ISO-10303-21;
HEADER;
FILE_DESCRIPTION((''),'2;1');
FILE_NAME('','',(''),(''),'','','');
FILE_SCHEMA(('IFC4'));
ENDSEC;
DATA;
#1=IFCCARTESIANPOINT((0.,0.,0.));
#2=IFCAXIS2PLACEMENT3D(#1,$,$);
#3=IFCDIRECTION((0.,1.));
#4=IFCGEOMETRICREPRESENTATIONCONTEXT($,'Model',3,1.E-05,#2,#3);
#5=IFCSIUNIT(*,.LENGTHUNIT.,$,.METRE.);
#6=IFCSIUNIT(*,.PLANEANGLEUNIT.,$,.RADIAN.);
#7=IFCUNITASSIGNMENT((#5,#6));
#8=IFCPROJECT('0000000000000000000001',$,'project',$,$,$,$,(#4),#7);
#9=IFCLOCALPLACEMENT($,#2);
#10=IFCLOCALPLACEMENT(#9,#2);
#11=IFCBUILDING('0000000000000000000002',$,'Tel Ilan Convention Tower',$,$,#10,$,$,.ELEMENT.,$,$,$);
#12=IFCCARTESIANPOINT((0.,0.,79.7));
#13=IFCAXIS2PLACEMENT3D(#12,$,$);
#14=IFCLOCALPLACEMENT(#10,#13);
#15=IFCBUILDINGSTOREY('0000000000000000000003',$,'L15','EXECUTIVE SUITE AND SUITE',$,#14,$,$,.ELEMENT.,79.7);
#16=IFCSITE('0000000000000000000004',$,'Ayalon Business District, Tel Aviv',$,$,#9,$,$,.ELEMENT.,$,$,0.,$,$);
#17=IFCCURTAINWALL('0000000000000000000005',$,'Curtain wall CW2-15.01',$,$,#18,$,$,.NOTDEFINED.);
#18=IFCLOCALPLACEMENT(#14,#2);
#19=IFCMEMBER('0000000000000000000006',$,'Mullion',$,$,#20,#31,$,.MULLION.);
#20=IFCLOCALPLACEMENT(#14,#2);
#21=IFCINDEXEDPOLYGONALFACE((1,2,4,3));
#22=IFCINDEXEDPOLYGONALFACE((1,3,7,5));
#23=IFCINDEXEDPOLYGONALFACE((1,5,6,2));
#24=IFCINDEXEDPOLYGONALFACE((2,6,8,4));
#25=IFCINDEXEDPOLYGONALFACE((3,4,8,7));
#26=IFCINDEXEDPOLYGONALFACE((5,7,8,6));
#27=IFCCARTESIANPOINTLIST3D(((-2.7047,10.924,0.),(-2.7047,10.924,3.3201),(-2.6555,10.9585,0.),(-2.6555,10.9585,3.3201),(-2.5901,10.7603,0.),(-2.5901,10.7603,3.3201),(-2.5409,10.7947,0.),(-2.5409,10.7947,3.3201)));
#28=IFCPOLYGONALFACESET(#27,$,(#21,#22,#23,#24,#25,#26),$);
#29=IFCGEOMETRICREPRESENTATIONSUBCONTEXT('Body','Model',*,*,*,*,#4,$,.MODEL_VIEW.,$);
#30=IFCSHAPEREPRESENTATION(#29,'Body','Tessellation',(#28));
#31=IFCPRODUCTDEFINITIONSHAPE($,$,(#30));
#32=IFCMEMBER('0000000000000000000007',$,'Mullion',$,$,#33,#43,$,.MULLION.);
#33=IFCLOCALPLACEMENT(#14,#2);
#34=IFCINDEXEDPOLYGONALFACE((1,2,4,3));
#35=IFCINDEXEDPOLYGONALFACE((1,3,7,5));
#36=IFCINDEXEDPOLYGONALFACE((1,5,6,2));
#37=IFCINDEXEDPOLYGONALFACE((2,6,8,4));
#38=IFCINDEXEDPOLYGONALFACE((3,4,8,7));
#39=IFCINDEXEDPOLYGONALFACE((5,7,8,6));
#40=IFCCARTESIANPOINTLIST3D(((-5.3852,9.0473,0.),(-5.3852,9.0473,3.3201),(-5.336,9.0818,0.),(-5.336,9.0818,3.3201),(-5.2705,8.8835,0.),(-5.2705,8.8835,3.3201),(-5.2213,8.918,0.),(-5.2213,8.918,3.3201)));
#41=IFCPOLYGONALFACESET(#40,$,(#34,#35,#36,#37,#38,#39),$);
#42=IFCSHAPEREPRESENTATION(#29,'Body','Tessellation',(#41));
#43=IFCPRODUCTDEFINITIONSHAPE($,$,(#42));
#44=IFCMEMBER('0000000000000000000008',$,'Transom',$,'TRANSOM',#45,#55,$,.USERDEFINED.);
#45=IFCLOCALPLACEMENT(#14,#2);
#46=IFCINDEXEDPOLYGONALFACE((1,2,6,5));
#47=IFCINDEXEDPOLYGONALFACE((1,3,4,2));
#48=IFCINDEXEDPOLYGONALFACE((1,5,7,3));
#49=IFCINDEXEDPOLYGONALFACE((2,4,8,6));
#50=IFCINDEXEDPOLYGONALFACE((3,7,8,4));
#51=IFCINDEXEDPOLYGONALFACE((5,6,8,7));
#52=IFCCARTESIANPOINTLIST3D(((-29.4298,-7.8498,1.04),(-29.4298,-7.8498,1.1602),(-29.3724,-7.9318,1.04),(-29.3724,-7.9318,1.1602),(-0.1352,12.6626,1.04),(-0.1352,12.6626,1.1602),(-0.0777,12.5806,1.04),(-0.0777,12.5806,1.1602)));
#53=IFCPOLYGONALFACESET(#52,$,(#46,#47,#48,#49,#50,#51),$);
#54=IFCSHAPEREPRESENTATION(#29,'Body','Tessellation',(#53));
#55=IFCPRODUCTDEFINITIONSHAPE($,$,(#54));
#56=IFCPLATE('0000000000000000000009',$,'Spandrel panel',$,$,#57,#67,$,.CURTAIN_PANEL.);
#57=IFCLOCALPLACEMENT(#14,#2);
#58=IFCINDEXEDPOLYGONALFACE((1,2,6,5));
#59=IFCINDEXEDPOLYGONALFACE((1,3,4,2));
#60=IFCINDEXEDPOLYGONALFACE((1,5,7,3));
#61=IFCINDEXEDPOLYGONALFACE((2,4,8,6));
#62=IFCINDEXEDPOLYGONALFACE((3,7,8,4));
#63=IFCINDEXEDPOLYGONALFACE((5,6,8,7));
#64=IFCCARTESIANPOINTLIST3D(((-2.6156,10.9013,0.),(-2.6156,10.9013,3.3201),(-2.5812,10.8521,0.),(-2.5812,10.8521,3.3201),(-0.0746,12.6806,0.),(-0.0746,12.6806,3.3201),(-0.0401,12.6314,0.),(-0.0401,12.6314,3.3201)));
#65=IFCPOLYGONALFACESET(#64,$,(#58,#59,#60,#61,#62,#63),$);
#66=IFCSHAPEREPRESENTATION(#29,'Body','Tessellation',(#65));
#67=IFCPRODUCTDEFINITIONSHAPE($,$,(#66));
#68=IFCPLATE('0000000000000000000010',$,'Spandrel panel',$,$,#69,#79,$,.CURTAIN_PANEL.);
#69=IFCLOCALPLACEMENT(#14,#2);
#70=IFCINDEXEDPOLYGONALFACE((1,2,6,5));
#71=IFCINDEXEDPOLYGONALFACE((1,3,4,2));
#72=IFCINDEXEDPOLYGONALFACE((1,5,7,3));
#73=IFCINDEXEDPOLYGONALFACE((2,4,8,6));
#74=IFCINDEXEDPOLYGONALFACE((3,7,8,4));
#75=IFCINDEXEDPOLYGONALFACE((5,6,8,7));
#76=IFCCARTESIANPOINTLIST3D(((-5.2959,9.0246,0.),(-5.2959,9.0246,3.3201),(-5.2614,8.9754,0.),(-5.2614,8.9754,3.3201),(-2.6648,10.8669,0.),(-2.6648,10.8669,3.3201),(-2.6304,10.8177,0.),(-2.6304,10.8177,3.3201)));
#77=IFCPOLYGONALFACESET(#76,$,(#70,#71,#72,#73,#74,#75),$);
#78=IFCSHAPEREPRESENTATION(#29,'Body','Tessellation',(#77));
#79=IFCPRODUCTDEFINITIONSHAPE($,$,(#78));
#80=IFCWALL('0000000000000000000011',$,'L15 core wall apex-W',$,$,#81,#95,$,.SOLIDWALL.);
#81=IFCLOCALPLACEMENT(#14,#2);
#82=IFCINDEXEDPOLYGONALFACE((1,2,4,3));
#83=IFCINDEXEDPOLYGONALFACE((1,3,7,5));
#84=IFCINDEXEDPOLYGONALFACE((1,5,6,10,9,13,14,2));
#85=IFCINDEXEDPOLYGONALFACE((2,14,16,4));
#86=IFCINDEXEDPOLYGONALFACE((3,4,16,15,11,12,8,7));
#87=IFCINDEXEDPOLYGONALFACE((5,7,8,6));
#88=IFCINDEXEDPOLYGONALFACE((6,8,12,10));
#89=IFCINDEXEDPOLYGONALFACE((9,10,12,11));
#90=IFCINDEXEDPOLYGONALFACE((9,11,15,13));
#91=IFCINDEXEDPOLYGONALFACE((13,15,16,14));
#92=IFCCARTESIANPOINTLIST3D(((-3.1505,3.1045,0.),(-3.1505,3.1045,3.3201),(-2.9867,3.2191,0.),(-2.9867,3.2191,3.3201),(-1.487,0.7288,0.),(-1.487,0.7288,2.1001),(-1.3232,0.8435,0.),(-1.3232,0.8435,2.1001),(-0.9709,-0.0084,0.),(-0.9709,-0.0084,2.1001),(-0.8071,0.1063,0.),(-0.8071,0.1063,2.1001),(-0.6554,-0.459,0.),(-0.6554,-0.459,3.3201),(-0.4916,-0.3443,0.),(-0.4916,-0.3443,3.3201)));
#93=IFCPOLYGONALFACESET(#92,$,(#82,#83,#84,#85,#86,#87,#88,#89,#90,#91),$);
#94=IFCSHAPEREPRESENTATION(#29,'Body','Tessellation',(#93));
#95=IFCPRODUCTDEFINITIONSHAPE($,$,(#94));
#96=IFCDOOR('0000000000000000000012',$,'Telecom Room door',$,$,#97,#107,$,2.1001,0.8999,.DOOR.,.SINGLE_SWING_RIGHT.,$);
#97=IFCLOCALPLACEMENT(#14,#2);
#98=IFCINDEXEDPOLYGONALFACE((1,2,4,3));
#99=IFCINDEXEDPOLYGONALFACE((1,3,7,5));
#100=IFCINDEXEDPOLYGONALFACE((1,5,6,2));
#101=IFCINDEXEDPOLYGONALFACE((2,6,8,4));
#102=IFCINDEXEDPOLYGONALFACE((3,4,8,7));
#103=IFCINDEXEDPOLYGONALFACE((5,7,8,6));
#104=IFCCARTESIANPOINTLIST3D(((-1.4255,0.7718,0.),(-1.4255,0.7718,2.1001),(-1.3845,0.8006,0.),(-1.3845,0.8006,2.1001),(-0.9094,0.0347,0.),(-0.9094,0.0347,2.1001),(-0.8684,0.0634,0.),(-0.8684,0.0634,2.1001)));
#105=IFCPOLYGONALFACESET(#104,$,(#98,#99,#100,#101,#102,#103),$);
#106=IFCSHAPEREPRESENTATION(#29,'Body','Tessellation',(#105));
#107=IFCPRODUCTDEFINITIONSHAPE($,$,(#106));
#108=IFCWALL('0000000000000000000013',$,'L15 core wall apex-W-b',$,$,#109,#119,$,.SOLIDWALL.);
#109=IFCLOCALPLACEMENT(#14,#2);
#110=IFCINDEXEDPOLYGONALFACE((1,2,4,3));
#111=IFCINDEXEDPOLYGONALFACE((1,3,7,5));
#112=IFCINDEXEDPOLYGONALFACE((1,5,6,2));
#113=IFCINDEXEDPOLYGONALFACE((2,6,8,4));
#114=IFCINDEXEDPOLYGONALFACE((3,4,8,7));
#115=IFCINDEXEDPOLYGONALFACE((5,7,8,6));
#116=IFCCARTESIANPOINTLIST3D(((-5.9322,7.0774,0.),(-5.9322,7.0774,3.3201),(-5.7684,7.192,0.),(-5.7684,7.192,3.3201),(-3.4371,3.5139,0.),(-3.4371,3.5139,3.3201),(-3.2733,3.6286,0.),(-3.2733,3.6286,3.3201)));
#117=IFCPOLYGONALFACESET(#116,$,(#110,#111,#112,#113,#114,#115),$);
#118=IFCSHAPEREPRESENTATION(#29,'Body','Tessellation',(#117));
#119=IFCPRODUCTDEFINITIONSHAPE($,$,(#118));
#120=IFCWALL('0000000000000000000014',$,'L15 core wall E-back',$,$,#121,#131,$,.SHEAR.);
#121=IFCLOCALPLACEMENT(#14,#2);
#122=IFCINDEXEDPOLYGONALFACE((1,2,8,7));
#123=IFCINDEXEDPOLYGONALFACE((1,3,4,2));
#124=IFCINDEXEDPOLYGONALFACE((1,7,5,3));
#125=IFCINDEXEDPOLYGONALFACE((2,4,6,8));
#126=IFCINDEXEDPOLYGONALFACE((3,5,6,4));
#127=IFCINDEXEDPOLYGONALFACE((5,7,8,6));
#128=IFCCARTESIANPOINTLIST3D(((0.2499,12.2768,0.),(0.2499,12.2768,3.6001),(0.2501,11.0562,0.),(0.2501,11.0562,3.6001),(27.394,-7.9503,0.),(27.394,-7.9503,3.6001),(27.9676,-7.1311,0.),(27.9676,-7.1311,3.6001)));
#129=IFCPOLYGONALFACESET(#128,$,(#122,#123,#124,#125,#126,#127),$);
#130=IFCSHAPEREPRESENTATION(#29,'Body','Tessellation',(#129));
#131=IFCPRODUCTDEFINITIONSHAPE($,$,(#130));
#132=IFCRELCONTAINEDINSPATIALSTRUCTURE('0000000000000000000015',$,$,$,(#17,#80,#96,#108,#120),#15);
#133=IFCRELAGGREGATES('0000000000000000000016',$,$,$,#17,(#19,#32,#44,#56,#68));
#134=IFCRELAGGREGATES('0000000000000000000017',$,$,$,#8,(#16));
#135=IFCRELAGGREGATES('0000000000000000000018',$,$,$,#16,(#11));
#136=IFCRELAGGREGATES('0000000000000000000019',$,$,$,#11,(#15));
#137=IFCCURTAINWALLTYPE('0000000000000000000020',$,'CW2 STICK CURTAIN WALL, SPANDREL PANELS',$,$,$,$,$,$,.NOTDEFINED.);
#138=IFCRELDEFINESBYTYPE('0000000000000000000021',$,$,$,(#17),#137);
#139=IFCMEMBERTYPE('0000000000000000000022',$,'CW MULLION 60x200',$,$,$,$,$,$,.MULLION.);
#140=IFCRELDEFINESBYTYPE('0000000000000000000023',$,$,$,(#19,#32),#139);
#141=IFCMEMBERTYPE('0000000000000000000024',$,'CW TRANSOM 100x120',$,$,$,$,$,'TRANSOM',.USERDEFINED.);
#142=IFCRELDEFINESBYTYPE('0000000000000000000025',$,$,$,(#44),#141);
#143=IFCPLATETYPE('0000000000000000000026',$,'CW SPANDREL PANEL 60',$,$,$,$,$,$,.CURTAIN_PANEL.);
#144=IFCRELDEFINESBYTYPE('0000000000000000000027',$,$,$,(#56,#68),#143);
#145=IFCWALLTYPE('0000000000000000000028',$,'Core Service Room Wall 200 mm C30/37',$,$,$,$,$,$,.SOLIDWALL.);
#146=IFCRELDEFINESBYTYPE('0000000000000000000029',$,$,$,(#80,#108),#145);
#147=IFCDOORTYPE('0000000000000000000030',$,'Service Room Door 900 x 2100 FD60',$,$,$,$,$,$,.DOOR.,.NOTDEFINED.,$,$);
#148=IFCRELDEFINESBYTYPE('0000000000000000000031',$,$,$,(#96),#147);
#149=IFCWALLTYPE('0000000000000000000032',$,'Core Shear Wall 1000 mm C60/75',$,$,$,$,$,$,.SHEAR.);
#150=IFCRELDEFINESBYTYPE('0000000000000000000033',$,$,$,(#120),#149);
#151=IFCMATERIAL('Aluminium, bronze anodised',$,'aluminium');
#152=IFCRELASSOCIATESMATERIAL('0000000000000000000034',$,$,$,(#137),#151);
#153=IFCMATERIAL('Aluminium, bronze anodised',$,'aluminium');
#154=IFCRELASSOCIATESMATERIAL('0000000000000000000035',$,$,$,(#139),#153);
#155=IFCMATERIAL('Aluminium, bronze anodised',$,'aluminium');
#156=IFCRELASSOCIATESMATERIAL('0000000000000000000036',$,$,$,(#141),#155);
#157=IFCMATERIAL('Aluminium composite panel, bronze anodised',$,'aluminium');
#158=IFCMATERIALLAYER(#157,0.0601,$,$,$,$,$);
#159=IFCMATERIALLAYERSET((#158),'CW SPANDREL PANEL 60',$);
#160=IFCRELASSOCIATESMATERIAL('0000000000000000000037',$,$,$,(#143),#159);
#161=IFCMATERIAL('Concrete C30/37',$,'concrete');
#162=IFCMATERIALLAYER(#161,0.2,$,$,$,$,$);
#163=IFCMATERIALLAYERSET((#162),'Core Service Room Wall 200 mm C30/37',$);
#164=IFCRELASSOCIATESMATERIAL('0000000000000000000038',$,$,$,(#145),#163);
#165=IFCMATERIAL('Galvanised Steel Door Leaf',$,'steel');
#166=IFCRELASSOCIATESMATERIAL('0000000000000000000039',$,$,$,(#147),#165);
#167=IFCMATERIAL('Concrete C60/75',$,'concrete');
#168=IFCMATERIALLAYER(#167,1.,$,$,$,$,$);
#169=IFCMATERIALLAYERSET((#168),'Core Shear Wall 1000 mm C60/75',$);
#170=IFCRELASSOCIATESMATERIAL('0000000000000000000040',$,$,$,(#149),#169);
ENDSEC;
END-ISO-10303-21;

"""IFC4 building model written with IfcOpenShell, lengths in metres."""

from ifc_helpers import new_model, si_unit, direction, frame, frame_2d, origin, origin_2d, place, context, subcontext, project, spatial, polyline, rectangle, outline, extrude, material, layer, layer_set, material_profile, profile_set, type_object, element, fill, aggregate, save


model = new_model("IFC4")

# Units and contexts
model_context = context("Model", 3, precision=1e-05, world=origin(), true_north=direction((0.0, 1.0)))
body_context = subcontext(model_context, "Body", "Model", "MODEL_VIEW")
ifc_project = project(units=[si_unit("LENGTHUNIT", "METRE"), si_unit("PLANEANGLEUNIT", "RADIAN")], contexts=[model_context])

# Site, building, storey
site_placement = place(None, origin())
site = spatial("IfcSite", under=ifc_project, at=site_placement, Name="Ayalon Business District, Tel Aviv", CompositionType="ELEMENT", RefElevation=0.0)
building_placement = place(site_placement, origin())
building = spatial("IfcBuilding", under=site, at=building_placement, Name="Tel Ilan Convention Tower", CompositionType="ELEMENT")
storey_placement = place(building_placement, frame((0.0, 0.0, 79.7)))
storey = spatial("IfcBuildingStorey", under=building, at=storey_placement, Name="L15", Description="EXECUTIVE SUITE AND SUITE", CompositionType="ELEMENT", Elevation=79.7)

# Curtain wall, members, plates
ifc_material_1 = material(Name="Aluminium, bronze anodised", Category="aluminium")
curtain_wall_type = type_object("IfcCurtainWallType", Name="CW2 STICK CURTAIN WALL, SPANDREL PANELS", PredefinedType="NOTDEFINED", material=ifc_material_1)
curtain_wall_placement = place(storey_placement, origin())
curtain_wall = element("IfcCurtainWall", 1, at=curtain_wall_placement, inside=storey, type_object=curtain_wall_type, Name="Curtain wall CW2-15.01", PredefinedType="NOTDEFINED")
ifc_material_2 = material(Name="Aluminium, bronze anodised", Category="aluminium")
ifc_material_profile_1 = material_profile(ifc_material_2, rectangle(XDim=0.0601, YDim=0.2, at=origin_2d()), Name="CW MULLION 60x200")
ifc_profile_set_1 = profile_set([ifc_material_profile_1], Name="Aluminium, bronze anodised")
member_type_1 = type_object("IfcMemberType", Name="CW MULLION 60x200", PredefinedType="MULLION", material=ifc_profile_set_1)
member_1_placement = place(storey_placement, frame((-2.6228, 10.8594, 0.0), z_axis=(0.0, 0.0, 1.0), x_axis=(-0.819152, -0.573576, 0.0)))
member_1 = element("IfcMember", 2, at=member_1_placement, type_object=member_type_1, Name="Mullion", PredefinedType="MULLION", context=body_context, shape_type="SweptSolid", body=[
    extrude(rectangle(XDim=0.0601, YDim=0.2, at=origin_2d()), origin(), (0.0, 0.0, 1.0), 3.3201),
])
member_2_placement = place(storey_placement, frame((-5.3032, 8.9827, 0.0), z_axis=(0.0, 0.0, 1.0), x_axis=(-0.819152, -0.573576, 0.0)))
member_2 = element("IfcMember", 3, at=member_2_placement, type_object=member_type_1, Name="Mullion", PredefinedType="MULLION", context=body_context, shape_type="SweptSolid", body=[
    extrude(rectangle(XDim=0.0601, YDim=0.2, at=origin_2d()), origin(), (0.0, 0.0, 1.0), 3.3201),
])
ifc_material_3 = material(Name="Aluminium, bronze anodised", Category="aluminium")
ifc_material_profile_2 = material_profile(ifc_material_3, rectangle(XDim=0.1001, YDim=0.1201, at=origin_2d()), Name="CW TRANSOM 100x120")
ifc_profile_set_2 = profile_set([ifc_material_profile_2], Name="Aluminium, bronze anodised")
member_type_2 = type_object("IfcMemberType", Name="CW TRANSOM 100x120", ElementType="TRANSOM", PredefinedType="USERDEFINED", material=ifc_profile_set_2)
member_3_placement = place(storey_placement, frame((-0.1064, 12.6216, 1.1001), z_axis=(-0.819151, -0.573578, 0.0), x_axis=(0.573578, -0.819151, 0.0)))
member_3 = element("IfcMember", 4, at=member_3_placement, type_object=member_type_2, Name="Transom", ObjectType="TRANSOM", PredefinedType="USERDEFINED", context=body_context, shape_type="SweptSolid", body=[
    extrude(rectangle(XDim=0.1001, YDim=0.1201, at=origin_2d()), origin(), (0.0, 0.0, 1.0), 35.7622),
])
ifc_material_4 = material(Name="Aluminium composite panel, bronze anodised", Category="aluminium")
ifc_layer_1 = layer(ifc_material_4, 0.0601)
ifc_layer_set_1 = layer_set([ifc_layer_1], Name="CW SPANDREL PANEL 60")
plate_type = type_object("IfcPlateType", Name="CW SPANDREL PANEL 60", PredefinedType="CURTAIN_PANEL", material=ifc_layer_set_1)
plate_1_placement = place(storey_placement, frame((-1.3279, 11.7664, 0.0), z_axis=(0.0, 0.0, 1.0), x_axis=(-0.819152, -0.573576, 0.0)))
plate_1 = element("IfcPlate", 5, at=plate_1_placement, type_object=plate_type, Name="Spandrel panel", PredefinedType="CURTAIN_PANEL", context=body_context, shape_type="SweptSolid", body=[
    extrude(rectangle(XDim=3.1021, YDim=0.0601, at=origin_2d()), origin(), (0.0, 0.0, 1.0), 3.3201),
])
plate_2_placement = place(storey_placement, frame((-3.9631, 9.9211, 0.0), z_axis=(0.0, 0.0, 1.0), x_axis=(-0.819152, -0.573576, 0.0)))
plate_2 = element("IfcPlate", 6, at=plate_2_placement, type_object=plate_type, Name="Spandrel panel", PredefinedType="CURTAIN_PANEL", context=body_context, shape_type="SweptSolid", body=[
    extrude(rectangle(XDim=3.2119, YDim=0.0601, at=origin_2d()), origin(), (0.0, 0.0, 1.0), 3.3201),
])
aggregate(curtain_wall, [member_1, member_2, member_3, plate_1, plate_2])

# Wall, opening, door
ifc_material_5 = material(Name="Concrete C30/37", Category="concrete")
ifc_layer_2 = layer(ifc_material_5, 0.2)
ifc_layer_set_2 = layer_set([ifc_layer_2], Name="Core Service Room Wall 200 mm C30/37")
wall_type_1 = type_object("IfcWallType", Name="Core Service Room Wall 200 mm C30/37", PredefinedType="SOLIDWALL", material=ifc_layer_set_2)
wall_1_placement = place(storey_placement, frame((-0.5735, -0.4016, 0.0), z_axis=(0.0, 0.0, 1.0), x_axis=(-0.573568, 0.819158, 0.0)))
wall_1 = element("IfcWall", 7, at=wall_1_placement, inside=storey, type_object=wall_type_1, Name="L15 core wall apex-W", PredefinedType="SOLIDWALL", context=body_context, shape_type="SweptSolid", body=[
    extrude(rectangle(XDim=4.3501, YDim=0.2, at=frame_2d((2.175, 0.0))), origin(), (0.0, 0.0, 1.0), 3.3201),
])
opening_1_placement = place(wall_1_placement, frame((0.55, 0.0, 0.0)))
opening_1 = element("IfcOpeningElement", 8, at=opening_1_placement, cuts=wall_1, PredefinedType="OPENING", context=body_context, shape_type="SweptSolid", body=[
    extrude(rectangle(XDim=0.8999, YDim=2.1001, at=frame_2d((0.45, 1.05))), frame((0.0, 0.1099, 0.0), z_axis=(0.0, -1.0, 0.0), x_axis=(1.0, 0.0, 0.0)), (0.0, 0.0, 1.0), 0.22),
])
ifc_material_6 = material(Name="Galvanised Steel Door Leaf", Category="steel")
door_type_1 = type_object("IfcDoorType", Name="Service Room Door 900 x 2100 FD60", OperationType="NOTDEFINED", PredefinedType="DOOR", material=ifc_material_6)
door_1_placement = place(opening_1_placement, origin())
door_1 = element("IfcDoor", 9, at=door_1_placement, inside=storey, type_object=door_type_1, Name="Telecom Room door", OperationType="SINGLE_SWING_RIGHT", OverallHeight=2.1001, OverallWidth=0.8999, PredefinedType="DOOR", context=body_context, shape_type="SweptSolid", body=[
    extrude(rectangle(XDim=0.8999, YDim=2.1001, at=frame_2d((0.45, 1.05))), frame((0.0, 0.0249, 0.0), z_axis=(0.0, -1.0, 0.0), x_axis=(1.0, 0.0, 0.0)), (0.0, 0.0, 1.0), 0.05),
])
fill(opening_1, door_1)

# Walls
wall_2_placement = place(storey_placement, frame((-3.3552, 3.5713, 0.0), z_axis=(0.0, 0.0, 1.0), x_axis=(-0.573568, 0.819158, 0.0)))
element("IfcWall", 10, at=wall_2_placement, inside=storey, type_object=wall_type_1, Name="L15 core wall apex-W-b", PredefinedType="SOLIDWALL", context=body_context, shape_type="SweptSolid", body=[
    extrude(rectangle(XDim=4.3501, YDim=0.2, at=frame_2d((2.175, 0.0))), origin(), (0.0, 0.0, 1.0), 3.3201),
])
ifc_material_7 = material(Name="Concrete C60/75", Category="concrete")
ifc_layer_3 = layer(ifc_material_7, 1.0)
ifc_layer_set_3 = layer_set([ifc_layer_3], Name="Core Shear Wall 1000 mm C60/75")
wall_type_2 = type_object("IfcWallType", Name="Core Shear Wall 1000 mm C60/75", PredefinedType="SHEAR", material=ifc_layer_set_3)
wall_3_placement = place(storey_placement, frame((-0.0369, 11.8672, 0.0), z_axis=(0.0, 0.0, 1.0), x_axis=(0.819155, -0.573572, 0.0)))
element("IfcWall", 11, at=wall_3_placement, inside=storey, type_object=wall_type_2, Name="L15 core wall E-back", PredefinedType="SHEAR", context=body_context, shape_type="SweptSolid", body=[
    extrude(outline(polyline([(33.8369, 0.5), (0.0, 0.5), (0.7002, -0.4998), (33.8369, -0.5), (33.8369, 0.5)])), origin(), (0.0, 0.0, 1.0), 3.6001),
])

save(model, "model.ifc")
